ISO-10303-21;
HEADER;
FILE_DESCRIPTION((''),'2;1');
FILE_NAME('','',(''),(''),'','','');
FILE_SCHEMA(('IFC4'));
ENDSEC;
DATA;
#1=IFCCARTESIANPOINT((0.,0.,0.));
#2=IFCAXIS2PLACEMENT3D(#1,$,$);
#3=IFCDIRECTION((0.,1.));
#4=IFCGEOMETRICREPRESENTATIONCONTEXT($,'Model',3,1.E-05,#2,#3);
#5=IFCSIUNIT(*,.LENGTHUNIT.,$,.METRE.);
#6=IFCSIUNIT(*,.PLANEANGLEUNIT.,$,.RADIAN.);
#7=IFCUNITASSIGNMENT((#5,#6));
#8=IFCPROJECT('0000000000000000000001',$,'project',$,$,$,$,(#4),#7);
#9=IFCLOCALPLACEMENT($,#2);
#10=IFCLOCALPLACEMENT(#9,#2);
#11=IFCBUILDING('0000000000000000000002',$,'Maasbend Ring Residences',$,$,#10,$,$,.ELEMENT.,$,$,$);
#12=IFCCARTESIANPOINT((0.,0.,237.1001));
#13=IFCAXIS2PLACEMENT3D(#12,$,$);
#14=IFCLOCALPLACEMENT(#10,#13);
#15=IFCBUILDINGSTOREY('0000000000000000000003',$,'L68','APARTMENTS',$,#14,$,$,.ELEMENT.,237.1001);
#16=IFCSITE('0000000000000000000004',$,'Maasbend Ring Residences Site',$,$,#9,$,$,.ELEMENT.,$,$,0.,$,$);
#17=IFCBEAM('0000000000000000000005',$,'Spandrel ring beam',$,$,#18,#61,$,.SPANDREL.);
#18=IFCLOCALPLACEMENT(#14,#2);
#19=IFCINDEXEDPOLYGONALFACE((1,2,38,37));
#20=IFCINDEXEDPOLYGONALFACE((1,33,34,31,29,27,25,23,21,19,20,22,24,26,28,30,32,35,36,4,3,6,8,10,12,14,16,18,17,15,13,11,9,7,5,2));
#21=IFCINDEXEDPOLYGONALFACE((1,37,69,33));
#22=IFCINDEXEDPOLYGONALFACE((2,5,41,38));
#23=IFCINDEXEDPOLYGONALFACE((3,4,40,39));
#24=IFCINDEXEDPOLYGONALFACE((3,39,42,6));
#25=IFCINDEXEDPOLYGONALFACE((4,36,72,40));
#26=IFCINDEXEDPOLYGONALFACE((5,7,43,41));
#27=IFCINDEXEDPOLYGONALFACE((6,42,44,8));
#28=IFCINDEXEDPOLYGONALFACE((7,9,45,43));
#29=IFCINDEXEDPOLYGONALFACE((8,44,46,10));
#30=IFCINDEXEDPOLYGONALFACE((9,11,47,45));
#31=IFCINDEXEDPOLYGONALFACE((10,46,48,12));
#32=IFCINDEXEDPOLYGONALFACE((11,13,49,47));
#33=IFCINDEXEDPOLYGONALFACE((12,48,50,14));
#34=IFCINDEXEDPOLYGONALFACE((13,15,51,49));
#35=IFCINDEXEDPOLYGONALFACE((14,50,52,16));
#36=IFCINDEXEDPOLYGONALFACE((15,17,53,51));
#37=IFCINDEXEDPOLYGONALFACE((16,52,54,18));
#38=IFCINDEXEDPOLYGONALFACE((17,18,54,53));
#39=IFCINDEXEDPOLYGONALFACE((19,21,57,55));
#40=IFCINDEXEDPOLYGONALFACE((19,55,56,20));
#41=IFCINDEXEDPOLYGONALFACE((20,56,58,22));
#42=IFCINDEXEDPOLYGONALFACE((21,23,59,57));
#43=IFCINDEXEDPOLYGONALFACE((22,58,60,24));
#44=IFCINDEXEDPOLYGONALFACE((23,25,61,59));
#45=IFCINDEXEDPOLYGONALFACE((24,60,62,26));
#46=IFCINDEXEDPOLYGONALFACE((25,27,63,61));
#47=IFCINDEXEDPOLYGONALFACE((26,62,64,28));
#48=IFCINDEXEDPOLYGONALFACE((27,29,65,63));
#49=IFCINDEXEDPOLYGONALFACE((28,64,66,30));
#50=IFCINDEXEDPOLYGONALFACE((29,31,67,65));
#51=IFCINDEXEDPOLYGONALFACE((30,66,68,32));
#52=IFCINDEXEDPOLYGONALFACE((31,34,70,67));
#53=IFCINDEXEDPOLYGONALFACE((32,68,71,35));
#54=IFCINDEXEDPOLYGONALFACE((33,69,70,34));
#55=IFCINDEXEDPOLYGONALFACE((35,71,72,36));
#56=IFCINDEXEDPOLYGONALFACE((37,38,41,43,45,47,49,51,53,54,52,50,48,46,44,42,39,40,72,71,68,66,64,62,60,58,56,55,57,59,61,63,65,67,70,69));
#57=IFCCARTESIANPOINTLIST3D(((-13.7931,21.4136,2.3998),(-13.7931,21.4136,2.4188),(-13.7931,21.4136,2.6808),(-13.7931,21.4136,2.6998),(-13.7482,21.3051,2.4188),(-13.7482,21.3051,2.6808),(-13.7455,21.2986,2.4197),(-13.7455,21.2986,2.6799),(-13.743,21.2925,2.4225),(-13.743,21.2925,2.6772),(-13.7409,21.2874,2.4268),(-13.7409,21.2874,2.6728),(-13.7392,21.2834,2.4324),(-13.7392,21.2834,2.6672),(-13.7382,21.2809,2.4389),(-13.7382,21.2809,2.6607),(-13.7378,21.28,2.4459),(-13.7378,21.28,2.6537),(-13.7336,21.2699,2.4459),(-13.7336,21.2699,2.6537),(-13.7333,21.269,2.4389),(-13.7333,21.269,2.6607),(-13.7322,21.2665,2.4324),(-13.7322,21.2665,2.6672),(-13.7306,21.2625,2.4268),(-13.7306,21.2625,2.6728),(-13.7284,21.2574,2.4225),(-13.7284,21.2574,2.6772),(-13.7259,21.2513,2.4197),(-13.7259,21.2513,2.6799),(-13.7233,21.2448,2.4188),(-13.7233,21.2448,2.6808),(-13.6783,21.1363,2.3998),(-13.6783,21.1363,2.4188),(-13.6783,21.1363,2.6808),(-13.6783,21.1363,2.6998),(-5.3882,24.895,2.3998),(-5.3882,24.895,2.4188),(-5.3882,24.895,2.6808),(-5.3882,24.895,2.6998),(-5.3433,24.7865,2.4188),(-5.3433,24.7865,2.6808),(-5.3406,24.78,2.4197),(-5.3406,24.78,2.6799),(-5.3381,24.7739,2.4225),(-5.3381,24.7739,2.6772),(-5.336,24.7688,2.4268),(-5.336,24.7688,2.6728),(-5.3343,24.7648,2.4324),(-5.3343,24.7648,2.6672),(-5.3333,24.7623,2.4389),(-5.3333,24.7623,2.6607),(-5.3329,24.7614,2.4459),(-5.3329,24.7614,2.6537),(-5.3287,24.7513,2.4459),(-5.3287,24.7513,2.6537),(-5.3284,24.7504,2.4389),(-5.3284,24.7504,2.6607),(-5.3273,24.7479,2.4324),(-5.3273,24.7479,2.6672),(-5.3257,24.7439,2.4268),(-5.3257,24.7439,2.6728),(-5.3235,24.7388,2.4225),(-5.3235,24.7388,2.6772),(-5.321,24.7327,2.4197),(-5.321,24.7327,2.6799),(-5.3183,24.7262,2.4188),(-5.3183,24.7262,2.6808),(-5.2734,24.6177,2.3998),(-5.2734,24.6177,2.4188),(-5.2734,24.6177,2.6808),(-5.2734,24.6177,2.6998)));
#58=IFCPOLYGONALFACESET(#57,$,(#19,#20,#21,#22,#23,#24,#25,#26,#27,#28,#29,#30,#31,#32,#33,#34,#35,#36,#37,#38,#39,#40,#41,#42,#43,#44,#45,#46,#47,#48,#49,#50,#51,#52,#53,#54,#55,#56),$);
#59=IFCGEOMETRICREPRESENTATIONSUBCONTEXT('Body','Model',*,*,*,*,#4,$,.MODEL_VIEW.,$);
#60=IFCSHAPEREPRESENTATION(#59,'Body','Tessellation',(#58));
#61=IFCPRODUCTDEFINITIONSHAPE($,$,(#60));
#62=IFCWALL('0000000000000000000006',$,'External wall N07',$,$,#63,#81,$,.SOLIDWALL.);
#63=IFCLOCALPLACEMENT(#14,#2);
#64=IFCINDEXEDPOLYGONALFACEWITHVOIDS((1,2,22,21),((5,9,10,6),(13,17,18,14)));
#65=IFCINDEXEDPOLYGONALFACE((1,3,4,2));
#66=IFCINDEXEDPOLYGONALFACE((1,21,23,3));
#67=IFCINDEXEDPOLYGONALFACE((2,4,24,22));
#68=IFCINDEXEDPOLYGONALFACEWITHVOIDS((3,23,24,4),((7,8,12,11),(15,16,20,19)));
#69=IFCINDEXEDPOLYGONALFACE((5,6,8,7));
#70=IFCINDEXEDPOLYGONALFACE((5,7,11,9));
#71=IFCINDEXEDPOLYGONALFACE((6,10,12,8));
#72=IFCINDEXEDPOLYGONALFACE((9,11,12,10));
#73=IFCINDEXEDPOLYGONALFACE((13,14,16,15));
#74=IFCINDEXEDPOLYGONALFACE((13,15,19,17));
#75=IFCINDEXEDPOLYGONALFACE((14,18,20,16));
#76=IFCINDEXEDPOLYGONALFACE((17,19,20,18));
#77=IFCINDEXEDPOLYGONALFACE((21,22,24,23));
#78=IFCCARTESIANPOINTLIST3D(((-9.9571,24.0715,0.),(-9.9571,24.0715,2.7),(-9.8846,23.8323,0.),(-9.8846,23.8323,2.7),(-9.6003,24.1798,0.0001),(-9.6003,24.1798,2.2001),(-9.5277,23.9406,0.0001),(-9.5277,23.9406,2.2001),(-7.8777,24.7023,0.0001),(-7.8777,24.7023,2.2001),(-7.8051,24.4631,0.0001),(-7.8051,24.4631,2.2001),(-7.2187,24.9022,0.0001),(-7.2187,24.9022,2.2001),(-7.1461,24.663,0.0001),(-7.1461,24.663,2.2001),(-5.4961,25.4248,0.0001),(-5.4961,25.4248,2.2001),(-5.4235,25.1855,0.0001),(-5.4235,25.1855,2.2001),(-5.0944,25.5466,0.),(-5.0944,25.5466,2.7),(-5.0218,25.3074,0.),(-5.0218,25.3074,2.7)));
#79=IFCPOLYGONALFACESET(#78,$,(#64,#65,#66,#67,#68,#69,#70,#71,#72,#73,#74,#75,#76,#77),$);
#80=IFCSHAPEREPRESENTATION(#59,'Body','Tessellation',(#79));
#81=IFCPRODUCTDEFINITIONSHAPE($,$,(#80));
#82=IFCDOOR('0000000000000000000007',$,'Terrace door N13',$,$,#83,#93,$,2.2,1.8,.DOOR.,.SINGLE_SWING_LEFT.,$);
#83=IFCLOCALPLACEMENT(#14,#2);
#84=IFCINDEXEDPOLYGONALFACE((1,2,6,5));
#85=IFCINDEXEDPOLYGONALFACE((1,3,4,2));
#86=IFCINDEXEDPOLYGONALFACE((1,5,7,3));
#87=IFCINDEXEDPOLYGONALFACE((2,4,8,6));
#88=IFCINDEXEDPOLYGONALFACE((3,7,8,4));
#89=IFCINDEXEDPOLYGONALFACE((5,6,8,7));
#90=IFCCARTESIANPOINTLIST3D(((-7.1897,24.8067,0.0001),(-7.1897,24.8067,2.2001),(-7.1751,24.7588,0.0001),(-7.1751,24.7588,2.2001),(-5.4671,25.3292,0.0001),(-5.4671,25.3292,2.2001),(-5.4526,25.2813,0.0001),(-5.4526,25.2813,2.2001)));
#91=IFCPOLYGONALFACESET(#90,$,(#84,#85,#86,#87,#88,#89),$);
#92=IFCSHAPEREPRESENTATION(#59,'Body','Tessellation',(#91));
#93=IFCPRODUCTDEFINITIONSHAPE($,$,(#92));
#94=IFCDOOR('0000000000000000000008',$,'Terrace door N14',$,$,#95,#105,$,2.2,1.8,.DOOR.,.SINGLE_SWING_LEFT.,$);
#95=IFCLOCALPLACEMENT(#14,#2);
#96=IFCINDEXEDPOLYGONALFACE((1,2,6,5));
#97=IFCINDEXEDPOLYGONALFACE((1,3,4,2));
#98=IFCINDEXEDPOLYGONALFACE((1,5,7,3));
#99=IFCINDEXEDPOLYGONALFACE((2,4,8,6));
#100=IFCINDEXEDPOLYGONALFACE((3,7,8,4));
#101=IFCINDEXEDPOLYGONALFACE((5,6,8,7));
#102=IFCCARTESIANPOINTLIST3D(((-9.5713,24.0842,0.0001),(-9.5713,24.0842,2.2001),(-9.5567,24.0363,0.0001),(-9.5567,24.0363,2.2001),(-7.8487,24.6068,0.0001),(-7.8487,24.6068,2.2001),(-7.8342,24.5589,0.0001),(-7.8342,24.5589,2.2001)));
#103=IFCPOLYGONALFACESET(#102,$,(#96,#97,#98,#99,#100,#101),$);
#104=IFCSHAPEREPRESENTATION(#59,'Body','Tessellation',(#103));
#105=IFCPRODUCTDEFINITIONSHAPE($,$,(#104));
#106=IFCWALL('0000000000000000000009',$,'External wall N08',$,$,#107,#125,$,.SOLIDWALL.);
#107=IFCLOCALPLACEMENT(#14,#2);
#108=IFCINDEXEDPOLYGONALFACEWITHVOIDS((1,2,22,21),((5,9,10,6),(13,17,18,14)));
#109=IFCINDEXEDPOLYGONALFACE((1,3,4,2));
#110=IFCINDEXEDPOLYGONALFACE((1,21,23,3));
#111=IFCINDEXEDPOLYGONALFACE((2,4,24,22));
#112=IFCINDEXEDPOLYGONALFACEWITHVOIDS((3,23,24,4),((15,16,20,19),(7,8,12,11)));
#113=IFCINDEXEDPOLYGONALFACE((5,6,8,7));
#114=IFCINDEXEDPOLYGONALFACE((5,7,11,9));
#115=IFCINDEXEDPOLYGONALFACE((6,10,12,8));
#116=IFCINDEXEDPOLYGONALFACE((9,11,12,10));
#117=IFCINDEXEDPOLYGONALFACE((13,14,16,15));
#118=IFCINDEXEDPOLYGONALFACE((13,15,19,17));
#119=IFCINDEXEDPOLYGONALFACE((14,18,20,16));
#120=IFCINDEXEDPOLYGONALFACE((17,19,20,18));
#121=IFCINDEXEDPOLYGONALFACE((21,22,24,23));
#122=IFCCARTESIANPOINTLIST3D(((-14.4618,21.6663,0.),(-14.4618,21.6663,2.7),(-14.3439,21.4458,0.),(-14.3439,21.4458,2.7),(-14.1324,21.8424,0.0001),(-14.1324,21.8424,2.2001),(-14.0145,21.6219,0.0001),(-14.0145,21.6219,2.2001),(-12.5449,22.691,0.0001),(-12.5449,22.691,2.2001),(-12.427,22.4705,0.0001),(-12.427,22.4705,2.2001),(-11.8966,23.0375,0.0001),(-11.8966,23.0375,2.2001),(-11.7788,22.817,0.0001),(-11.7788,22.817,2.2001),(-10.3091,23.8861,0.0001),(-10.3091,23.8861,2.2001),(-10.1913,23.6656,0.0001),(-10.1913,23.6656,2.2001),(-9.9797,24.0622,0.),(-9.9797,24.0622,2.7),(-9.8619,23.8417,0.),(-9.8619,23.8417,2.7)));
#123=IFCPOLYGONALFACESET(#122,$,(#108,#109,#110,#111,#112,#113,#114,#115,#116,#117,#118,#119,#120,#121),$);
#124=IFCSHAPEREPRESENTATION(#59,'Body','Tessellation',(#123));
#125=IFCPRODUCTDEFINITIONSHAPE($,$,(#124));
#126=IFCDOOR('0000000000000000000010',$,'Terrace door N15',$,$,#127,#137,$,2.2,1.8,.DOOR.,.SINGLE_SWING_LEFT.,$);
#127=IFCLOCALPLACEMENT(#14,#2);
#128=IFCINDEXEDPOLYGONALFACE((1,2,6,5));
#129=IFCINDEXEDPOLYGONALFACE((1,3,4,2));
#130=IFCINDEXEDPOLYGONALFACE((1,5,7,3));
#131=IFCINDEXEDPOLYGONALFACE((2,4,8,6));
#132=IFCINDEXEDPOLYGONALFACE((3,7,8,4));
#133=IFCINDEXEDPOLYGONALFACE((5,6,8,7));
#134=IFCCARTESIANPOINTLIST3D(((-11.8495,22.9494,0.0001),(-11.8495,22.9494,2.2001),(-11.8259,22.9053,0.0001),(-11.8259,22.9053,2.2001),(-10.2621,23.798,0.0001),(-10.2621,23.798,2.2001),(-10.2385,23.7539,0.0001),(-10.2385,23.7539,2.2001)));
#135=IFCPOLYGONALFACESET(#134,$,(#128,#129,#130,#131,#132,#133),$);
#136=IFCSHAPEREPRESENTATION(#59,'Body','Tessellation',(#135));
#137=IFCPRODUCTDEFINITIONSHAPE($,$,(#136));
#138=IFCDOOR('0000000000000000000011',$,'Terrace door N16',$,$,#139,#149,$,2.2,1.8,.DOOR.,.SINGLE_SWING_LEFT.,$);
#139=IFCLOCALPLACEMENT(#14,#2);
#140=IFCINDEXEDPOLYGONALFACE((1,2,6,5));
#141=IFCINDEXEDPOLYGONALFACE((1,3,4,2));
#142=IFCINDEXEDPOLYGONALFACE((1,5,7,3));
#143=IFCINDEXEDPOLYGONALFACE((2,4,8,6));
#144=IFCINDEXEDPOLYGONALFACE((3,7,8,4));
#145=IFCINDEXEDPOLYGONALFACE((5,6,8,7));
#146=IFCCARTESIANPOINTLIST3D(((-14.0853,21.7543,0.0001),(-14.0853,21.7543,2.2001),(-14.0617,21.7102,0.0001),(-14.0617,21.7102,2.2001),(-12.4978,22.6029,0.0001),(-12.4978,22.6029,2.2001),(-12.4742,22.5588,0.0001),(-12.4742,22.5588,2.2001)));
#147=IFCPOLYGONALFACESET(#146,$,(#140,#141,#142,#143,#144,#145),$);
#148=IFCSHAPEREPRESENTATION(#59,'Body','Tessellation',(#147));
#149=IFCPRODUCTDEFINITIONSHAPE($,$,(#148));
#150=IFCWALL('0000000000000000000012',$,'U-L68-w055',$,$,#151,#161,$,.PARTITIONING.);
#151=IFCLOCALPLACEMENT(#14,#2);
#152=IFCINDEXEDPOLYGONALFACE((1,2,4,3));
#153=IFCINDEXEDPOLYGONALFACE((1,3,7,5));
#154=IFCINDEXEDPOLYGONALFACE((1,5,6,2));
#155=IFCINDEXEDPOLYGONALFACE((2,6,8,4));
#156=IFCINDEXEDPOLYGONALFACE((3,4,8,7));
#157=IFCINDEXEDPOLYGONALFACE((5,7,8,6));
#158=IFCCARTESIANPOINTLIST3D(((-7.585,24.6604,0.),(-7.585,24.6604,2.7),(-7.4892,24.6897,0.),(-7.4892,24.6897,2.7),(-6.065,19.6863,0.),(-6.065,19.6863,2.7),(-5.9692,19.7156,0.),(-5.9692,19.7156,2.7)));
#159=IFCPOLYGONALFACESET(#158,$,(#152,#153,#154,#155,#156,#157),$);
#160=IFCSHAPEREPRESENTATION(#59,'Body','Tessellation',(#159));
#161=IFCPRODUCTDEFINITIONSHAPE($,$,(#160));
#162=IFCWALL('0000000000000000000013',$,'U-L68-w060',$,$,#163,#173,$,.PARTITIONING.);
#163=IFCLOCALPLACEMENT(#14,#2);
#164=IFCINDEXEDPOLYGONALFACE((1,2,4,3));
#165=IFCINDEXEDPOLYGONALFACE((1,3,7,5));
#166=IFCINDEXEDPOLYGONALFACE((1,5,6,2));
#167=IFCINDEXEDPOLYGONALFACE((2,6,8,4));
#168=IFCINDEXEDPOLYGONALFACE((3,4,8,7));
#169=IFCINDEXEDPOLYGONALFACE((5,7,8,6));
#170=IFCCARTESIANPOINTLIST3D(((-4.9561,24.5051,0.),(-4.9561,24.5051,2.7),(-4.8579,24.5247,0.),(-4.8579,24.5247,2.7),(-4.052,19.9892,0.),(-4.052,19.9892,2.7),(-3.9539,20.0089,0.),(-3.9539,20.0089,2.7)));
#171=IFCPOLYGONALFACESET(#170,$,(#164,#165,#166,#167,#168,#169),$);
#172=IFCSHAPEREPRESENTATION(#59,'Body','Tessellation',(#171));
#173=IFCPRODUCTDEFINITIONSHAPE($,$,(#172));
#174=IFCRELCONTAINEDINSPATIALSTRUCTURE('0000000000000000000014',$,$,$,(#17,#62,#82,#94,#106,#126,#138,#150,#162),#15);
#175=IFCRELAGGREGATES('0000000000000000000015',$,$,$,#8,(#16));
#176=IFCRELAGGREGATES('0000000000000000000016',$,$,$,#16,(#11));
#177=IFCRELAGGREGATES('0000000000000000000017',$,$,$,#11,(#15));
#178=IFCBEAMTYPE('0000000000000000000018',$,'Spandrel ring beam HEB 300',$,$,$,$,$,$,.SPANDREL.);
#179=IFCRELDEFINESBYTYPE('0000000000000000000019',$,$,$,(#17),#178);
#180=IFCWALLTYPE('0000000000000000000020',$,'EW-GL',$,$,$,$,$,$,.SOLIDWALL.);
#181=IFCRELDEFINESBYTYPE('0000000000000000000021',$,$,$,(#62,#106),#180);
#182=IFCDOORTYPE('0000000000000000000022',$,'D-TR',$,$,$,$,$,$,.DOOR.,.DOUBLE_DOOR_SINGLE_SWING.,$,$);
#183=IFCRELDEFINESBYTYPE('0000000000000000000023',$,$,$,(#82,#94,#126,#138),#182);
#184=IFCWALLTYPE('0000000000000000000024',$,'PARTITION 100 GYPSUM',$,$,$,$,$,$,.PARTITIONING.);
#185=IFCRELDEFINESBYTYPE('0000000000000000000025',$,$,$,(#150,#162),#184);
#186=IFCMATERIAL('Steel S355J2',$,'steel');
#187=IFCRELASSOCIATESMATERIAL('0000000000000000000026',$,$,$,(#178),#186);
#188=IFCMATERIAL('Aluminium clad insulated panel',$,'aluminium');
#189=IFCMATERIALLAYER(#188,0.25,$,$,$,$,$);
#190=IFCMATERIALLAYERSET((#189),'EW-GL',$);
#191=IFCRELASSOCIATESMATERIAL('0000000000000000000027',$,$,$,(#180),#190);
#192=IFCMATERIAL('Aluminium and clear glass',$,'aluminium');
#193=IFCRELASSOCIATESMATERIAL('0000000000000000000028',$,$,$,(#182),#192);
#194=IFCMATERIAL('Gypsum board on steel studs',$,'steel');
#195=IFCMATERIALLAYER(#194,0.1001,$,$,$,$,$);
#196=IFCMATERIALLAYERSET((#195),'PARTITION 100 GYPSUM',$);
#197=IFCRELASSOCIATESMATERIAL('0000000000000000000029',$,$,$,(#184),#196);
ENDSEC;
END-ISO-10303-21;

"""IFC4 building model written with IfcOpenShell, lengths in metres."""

from ifc_helpers import new_model, si_unit, direction, frame, frame_2d, origin, origin_2d, place, context, subcontext, project, spatial, rectangle, i_section, extrude, material, layer, layer_set, material_profile, profile_set, type_object, element, fill, save


model = new_model("IFC4")

# Units and contexts
model_context = context("Model", 3, precision=1e-05, world=origin(), true_north=direction((0.0, 1.0)))
body_context = subcontext(model_context, "Body", "Model", "MODEL_VIEW")
ifc_project = project(units=[si_unit("LENGTHUNIT", "METRE"), si_unit("PLANEANGLEUNIT", "RADIAN")], contexts=[model_context])

# Site, building, storey
site_placement = place(None, origin())
site = spatial("IfcSite", under=ifc_project, at=site_placement, Name="Maasbend Ring Residences Site", CompositionType="ELEMENT", RefElevation=0.0)
building_placement = place(site_placement, origin())
building = spatial("IfcBuilding", under=site, at=building_placement, Name="Maasbend Ring Residences", CompositionType="ELEMENT")
storey_placement = place(building_placement, frame((0.0, 0.0, 237.1001)))
storey = spatial("IfcBuildingStorey", under=building, at=storey_placement, Name="L68", Description="APARTMENTS", CompositionType="ELEMENT", Elevation=237.1001)

# Beam
ifc_material_1 = material(Name="Steel S355J2", Category="steel")
ifc_material_profile_1 = material_profile(ifc_material_1, i_section(OverallWidth=0.3, OverallDepth=0.3, WebThickness=0.011, FlangeThickness=0.019, FilletRadius=0.0271, at=origin_2d()), Name="HEB 300")
ifc_profile_set_1 = profile_set([ifc_material_profile_1], Name="Steel S355J2")
beam_type_1 = type_object("IfcBeamType", Name="Spandrel ring beam HEB 300", PredefinedType="SPANDREL", material=ifc_profile_set_1)
beam_1_placement = place(storey_placement, frame((-5.3308, 24.7563, 2.5498), z_axis=(-0.923881, -0.38268, 0.0), x_axis=(0.38268, -0.923881, 0.0)))
element("IfcBeam", 1, at=beam_1_placement, inside=storey, type_object=beam_type_1, Name="Spandrel ring beam", PredefinedType="SPANDREL", context=body_context, shape_type="SweptSolid", body=[
    extrude(i_section(OverallWidth=0.3, OverallDepth=0.3, WebThickness=0.011, FlangeThickness=0.019, FilletRadius=0.0271, at=origin_2d()), origin(), (0.0, 0.0, 1.0), 9.0974),
])

# Walls, openings, doors
ifc_material_2 = material(Name="Aluminium clad insulated panel", Category="aluminium")
ifc_layer_1 = layer(ifc_material_2, 0.25)
ifc_layer_set_1 = layer_set([ifc_layer_1], Name="EW-GL")
wall_type_1 = type_object("IfcWallType", Name="EW-GL", PredefinedType="SOLIDWALL", material=ifc_layer_set_1)
wall_1_placement = place(storey_placement, frame((-5.0581, 25.427, 0.0), z_axis=(0.0, 0.0, 1.0), x_axis=(-0.956941, -0.290282, 0.0)))
wall_1 = element("IfcWall", 2, at=wall_1_placement, inside=storey, type_object=wall_type_1, Name="External wall N07", PredefinedType="SOLIDWALL", context=body_context, shape_type="SweptSolid", body=[
    extrude(rectangle(XDim=5.0815, YDim=0.25, at=frame_2d((2.5408, 0.0))), origin(), (0.0, 0.0, 1.0), 2.7),
])
opening_1_placement = place(wall_1_placement, frame((0.4199, 0.0, 0.0)))
opening_1 = element("IfcOpeningElement", 3, at=opening_1_placement, cuts=wall_1, PredefinedType="OPENING", context=body_context, shape_type="SweptSolid", body=[
    extrude(rectangle(XDim=1.8, YDim=2.2, at=frame_2d((0.8999, 1.1001))), frame((0.0, 0.135, 0.0), z_axis=(0.0, -1.0, 0.0), x_axis=(1.0, 0.0, 0.0)), (0.0, 0.0, 1.0), 0.27),
])
opening_2_placement = place(wall_1_placement, frame((2.9087, 0.0, 0.0)))
opening_2 = element("IfcOpeningElement", 4, at=opening_2_placement, cuts=wall_1, PredefinedType="OPENING", context=body_context, shape_type="SweptSolid", body=[
    extrude(rectangle(XDim=1.8, YDim=2.2, at=frame_2d((0.8999, 1.1001))), frame((0.0, 0.135, 0.0), z_axis=(0.0, -1.0, 0.0), x_axis=(1.0, 0.0, 0.0)), (0.0, 0.0, 1.0), 0.27),
])
ifc_material_3 = material(Name="Aluminium and clear glass", Category="aluminium")
door_type_1 = type_object("IfcDoorType", Name="D-TR", OperationType="DOUBLE_DOOR_SINGLE_SWING", PredefinedType="DOOR", material=ifc_material_3)
door_1_placement = place(opening_1_placement, origin())
door_1 = element("IfcDoor", 5, at=door_1_placement, inside=storey, type_object=door_type_1, Name="Terrace door N13", OperationType="SINGLE_SWING_LEFT", OverallHeight=2.2, OverallWidth=1.8, PredefinedType="DOOR", context=body_context, shape_type="SweptSolid", body=[
    extrude(rectangle(XDim=1.8, YDim=2.2, at=frame_2d((0.8999, 1.1001))), frame((0.0, 0.0249, 0.0), z_axis=(0.0, -1.0, 0.0), x_axis=(1.0, 0.0, 0.0)), (0.0, 0.0, 1.0), 0.05),
])
fill(opening_1, door_1)
door_2_placement = place(opening_2_placement, origin())
door_2 = element("IfcDoor", 6, at=door_2_placement, inside=storey, type_object=door_type_1, Name="Terrace door N14", OperationType="SINGLE_SWING_LEFT", OverallHeight=2.2, OverallWidth=1.8, PredefinedType="DOOR", context=body_context, shape_type="SweptSolid", body=[
    extrude(rectangle(XDim=1.8, YDim=2.2, at=frame_2d((0.8999, 1.1001))), frame((0.0, 0.0249, 0.0), z_axis=(0.0, -1.0, 0.0), x_axis=(1.0, 0.0, 0.0)), (0.0, 0.0, 1.0), 0.05),
])
fill(opening_2, door_2)
wall_2_placement = place(storey_placement, frame((-9.9209, 23.9519, 0.0), z_axis=(0.0, 0.0, 1.0), x_axis=(-0.881903, -0.471431, 0.0)))
wall_2 = element("IfcWall", 7, at=wall_2_placement, inside=storey, type_object=wall_type_1, Name="External wall N08", PredefinedType="SOLIDWALL", context=body_context, shape_type="SweptSolid", body=[
    extrude(rectangle(XDim=5.0823, YDim=0.25, at=frame_2d((2.541, 0.0))), origin(), (0.0, 0.0, 1.0), 2.7),
])
opening_3_placement = place(wall_2_placement, frame((0.3735, 0.0, 0.0)))
opening_3 = element("IfcOpeningElement", 8, at=opening_3_placement, cuts=wall_2, PredefinedType="OPENING", context=body_context, shape_type="SweptSolid", body=[
    extrude(rectangle(XDim=1.8, YDim=2.2, at=frame_2d((0.8999, 1.1001))), frame((0.0, 0.135, 0.0), z_axis=(0.0, -1.0, 0.0), x_axis=(1.0, 0.0, 0.0)), (0.0, 0.0, 1.0), 0.27),
])
opening_4_placement = place(wall_2_placement, frame((2.9087, 0.0, 0.0)))
opening_4 = element("IfcOpeningElement", 9, at=opening_4_placement, cuts=wall_2, PredefinedType="OPENING", context=body_context, shape_type="SweptSolid", body=[
    extrude(rectangle(XDim=1.8, YDim=2.2, at=frame_2d((0.8999, 1.1001))), frame((0.0, 0.135, 0.0), z_axis=(0.0, -1.0, 0.0), x_axis=(1.0, 0.0, 0.0)), (0.0, 0.0, 1.0), 0.27),
])
door_3_placement = place(opening_3_placement, origin())
door_3 = element("IfcDoor", 10, at=door_3_placement, inside=storey, type_object=door_type_1, Name="Terrace door N15", OperationType="SINGLE_SWING_LEFT", OverallHeight=2.2, OverallWidth=1.8, PredefinedType="DOOR", context=body_context, shape_type="SweptSolid", body=[
    extrude(rectangle(XDim=1.8, YDim=2.2, at=frame_2d((0.8999, 1.1001))), frame((0.0, 0.0249, 0.0), z_axis=(0.0, -1.0, 0.0), x_axis=(1.0, 0.0, 0.0)), (0.0, 0.0, 1.0), 0.05),
])
fill(opening_3, door_3)
door_4_placement = place(opening_4_placement, origin())
door_4 = element("IfcDoor", 11, at=door_4_placement, inside=storey, type_object=door_type_1, Name="Terrace door N16", OperationType="SINGLE_SWING_LEFT", OverallHeight=2.2, OverallWidth=1.8, PredefinedType="DOOR", context=body_context, shape_type="SweptSolid", body=[
    extrude(rectangle(XDim=1.8, YDim=2.2, at=frame_2d((0.8999, 1.1001))), frame((0.0, 0.0249, 0.0), z_axis=(0.0, -1.0, 0.0), x_axis=(1.0, 0.0, 0.0)), (0.0, 0.0, 1.0), 0.05),
])
fill(opening_4, door_4)

# Walls
ifc_material_4 = material(Name="Gypsum board on steel studs", Category="steel")
ifc_layer_2 = layer(ifc_material_4, 0.1001)
ifc_layer_set_2 = layer_set([ifc_layer_2], Name="PARTITION 100 GYPSUM")
wall_type_2 = type_object("IfcWallType", Name="PARTITION 100 GYPSUM", PredefinedType="PARTITIONING", material=ifc_layer_set_2)
wall_3_placement = place(storey_placement, frame((-7.5371, 24.675, 0.0), z_axis=(0.0, 0.0, 1.0), x_axis=(0.292245, -0.956344, 0.0)))
element("IfcWall", 12, at=wall_3_placement, inside=storey, type_object=wall_type_2, Name="U-L68-w055", PredefinedType="PARTITIONING", context=body_context, shape_type="SweptSolid", body=[
    extrude(rectangle(XDim=5.2012, YDim=0.1001, at=frame_2d((2.6006, 0.0))), origin(), (0.0, 0.0, 1.0), 2.7),
])
wall_4_placement = place(storey_placement, frame((-4.907, 24.5149, 0.0), z_axis=(0.0, 0.0, 1.0), x_axis=(0.1963, -0.980544, 0.0)))
element("IfcWall", 13, at=wall_4_placement, inside=storey, type_object=wall_type_2, Name="U-L68-w060", PredefinedType="PARTITIONING", context=body_context, shape_type="SweptSolid", body=[
    extrude(rectangle(XDim=4.6055, YDim=0.1001, at=frame_2d((2.3027, 0.0))), origin(), (0.0, 0.0, 1.0), 2.7),
])

save(model, "model.ifc")
